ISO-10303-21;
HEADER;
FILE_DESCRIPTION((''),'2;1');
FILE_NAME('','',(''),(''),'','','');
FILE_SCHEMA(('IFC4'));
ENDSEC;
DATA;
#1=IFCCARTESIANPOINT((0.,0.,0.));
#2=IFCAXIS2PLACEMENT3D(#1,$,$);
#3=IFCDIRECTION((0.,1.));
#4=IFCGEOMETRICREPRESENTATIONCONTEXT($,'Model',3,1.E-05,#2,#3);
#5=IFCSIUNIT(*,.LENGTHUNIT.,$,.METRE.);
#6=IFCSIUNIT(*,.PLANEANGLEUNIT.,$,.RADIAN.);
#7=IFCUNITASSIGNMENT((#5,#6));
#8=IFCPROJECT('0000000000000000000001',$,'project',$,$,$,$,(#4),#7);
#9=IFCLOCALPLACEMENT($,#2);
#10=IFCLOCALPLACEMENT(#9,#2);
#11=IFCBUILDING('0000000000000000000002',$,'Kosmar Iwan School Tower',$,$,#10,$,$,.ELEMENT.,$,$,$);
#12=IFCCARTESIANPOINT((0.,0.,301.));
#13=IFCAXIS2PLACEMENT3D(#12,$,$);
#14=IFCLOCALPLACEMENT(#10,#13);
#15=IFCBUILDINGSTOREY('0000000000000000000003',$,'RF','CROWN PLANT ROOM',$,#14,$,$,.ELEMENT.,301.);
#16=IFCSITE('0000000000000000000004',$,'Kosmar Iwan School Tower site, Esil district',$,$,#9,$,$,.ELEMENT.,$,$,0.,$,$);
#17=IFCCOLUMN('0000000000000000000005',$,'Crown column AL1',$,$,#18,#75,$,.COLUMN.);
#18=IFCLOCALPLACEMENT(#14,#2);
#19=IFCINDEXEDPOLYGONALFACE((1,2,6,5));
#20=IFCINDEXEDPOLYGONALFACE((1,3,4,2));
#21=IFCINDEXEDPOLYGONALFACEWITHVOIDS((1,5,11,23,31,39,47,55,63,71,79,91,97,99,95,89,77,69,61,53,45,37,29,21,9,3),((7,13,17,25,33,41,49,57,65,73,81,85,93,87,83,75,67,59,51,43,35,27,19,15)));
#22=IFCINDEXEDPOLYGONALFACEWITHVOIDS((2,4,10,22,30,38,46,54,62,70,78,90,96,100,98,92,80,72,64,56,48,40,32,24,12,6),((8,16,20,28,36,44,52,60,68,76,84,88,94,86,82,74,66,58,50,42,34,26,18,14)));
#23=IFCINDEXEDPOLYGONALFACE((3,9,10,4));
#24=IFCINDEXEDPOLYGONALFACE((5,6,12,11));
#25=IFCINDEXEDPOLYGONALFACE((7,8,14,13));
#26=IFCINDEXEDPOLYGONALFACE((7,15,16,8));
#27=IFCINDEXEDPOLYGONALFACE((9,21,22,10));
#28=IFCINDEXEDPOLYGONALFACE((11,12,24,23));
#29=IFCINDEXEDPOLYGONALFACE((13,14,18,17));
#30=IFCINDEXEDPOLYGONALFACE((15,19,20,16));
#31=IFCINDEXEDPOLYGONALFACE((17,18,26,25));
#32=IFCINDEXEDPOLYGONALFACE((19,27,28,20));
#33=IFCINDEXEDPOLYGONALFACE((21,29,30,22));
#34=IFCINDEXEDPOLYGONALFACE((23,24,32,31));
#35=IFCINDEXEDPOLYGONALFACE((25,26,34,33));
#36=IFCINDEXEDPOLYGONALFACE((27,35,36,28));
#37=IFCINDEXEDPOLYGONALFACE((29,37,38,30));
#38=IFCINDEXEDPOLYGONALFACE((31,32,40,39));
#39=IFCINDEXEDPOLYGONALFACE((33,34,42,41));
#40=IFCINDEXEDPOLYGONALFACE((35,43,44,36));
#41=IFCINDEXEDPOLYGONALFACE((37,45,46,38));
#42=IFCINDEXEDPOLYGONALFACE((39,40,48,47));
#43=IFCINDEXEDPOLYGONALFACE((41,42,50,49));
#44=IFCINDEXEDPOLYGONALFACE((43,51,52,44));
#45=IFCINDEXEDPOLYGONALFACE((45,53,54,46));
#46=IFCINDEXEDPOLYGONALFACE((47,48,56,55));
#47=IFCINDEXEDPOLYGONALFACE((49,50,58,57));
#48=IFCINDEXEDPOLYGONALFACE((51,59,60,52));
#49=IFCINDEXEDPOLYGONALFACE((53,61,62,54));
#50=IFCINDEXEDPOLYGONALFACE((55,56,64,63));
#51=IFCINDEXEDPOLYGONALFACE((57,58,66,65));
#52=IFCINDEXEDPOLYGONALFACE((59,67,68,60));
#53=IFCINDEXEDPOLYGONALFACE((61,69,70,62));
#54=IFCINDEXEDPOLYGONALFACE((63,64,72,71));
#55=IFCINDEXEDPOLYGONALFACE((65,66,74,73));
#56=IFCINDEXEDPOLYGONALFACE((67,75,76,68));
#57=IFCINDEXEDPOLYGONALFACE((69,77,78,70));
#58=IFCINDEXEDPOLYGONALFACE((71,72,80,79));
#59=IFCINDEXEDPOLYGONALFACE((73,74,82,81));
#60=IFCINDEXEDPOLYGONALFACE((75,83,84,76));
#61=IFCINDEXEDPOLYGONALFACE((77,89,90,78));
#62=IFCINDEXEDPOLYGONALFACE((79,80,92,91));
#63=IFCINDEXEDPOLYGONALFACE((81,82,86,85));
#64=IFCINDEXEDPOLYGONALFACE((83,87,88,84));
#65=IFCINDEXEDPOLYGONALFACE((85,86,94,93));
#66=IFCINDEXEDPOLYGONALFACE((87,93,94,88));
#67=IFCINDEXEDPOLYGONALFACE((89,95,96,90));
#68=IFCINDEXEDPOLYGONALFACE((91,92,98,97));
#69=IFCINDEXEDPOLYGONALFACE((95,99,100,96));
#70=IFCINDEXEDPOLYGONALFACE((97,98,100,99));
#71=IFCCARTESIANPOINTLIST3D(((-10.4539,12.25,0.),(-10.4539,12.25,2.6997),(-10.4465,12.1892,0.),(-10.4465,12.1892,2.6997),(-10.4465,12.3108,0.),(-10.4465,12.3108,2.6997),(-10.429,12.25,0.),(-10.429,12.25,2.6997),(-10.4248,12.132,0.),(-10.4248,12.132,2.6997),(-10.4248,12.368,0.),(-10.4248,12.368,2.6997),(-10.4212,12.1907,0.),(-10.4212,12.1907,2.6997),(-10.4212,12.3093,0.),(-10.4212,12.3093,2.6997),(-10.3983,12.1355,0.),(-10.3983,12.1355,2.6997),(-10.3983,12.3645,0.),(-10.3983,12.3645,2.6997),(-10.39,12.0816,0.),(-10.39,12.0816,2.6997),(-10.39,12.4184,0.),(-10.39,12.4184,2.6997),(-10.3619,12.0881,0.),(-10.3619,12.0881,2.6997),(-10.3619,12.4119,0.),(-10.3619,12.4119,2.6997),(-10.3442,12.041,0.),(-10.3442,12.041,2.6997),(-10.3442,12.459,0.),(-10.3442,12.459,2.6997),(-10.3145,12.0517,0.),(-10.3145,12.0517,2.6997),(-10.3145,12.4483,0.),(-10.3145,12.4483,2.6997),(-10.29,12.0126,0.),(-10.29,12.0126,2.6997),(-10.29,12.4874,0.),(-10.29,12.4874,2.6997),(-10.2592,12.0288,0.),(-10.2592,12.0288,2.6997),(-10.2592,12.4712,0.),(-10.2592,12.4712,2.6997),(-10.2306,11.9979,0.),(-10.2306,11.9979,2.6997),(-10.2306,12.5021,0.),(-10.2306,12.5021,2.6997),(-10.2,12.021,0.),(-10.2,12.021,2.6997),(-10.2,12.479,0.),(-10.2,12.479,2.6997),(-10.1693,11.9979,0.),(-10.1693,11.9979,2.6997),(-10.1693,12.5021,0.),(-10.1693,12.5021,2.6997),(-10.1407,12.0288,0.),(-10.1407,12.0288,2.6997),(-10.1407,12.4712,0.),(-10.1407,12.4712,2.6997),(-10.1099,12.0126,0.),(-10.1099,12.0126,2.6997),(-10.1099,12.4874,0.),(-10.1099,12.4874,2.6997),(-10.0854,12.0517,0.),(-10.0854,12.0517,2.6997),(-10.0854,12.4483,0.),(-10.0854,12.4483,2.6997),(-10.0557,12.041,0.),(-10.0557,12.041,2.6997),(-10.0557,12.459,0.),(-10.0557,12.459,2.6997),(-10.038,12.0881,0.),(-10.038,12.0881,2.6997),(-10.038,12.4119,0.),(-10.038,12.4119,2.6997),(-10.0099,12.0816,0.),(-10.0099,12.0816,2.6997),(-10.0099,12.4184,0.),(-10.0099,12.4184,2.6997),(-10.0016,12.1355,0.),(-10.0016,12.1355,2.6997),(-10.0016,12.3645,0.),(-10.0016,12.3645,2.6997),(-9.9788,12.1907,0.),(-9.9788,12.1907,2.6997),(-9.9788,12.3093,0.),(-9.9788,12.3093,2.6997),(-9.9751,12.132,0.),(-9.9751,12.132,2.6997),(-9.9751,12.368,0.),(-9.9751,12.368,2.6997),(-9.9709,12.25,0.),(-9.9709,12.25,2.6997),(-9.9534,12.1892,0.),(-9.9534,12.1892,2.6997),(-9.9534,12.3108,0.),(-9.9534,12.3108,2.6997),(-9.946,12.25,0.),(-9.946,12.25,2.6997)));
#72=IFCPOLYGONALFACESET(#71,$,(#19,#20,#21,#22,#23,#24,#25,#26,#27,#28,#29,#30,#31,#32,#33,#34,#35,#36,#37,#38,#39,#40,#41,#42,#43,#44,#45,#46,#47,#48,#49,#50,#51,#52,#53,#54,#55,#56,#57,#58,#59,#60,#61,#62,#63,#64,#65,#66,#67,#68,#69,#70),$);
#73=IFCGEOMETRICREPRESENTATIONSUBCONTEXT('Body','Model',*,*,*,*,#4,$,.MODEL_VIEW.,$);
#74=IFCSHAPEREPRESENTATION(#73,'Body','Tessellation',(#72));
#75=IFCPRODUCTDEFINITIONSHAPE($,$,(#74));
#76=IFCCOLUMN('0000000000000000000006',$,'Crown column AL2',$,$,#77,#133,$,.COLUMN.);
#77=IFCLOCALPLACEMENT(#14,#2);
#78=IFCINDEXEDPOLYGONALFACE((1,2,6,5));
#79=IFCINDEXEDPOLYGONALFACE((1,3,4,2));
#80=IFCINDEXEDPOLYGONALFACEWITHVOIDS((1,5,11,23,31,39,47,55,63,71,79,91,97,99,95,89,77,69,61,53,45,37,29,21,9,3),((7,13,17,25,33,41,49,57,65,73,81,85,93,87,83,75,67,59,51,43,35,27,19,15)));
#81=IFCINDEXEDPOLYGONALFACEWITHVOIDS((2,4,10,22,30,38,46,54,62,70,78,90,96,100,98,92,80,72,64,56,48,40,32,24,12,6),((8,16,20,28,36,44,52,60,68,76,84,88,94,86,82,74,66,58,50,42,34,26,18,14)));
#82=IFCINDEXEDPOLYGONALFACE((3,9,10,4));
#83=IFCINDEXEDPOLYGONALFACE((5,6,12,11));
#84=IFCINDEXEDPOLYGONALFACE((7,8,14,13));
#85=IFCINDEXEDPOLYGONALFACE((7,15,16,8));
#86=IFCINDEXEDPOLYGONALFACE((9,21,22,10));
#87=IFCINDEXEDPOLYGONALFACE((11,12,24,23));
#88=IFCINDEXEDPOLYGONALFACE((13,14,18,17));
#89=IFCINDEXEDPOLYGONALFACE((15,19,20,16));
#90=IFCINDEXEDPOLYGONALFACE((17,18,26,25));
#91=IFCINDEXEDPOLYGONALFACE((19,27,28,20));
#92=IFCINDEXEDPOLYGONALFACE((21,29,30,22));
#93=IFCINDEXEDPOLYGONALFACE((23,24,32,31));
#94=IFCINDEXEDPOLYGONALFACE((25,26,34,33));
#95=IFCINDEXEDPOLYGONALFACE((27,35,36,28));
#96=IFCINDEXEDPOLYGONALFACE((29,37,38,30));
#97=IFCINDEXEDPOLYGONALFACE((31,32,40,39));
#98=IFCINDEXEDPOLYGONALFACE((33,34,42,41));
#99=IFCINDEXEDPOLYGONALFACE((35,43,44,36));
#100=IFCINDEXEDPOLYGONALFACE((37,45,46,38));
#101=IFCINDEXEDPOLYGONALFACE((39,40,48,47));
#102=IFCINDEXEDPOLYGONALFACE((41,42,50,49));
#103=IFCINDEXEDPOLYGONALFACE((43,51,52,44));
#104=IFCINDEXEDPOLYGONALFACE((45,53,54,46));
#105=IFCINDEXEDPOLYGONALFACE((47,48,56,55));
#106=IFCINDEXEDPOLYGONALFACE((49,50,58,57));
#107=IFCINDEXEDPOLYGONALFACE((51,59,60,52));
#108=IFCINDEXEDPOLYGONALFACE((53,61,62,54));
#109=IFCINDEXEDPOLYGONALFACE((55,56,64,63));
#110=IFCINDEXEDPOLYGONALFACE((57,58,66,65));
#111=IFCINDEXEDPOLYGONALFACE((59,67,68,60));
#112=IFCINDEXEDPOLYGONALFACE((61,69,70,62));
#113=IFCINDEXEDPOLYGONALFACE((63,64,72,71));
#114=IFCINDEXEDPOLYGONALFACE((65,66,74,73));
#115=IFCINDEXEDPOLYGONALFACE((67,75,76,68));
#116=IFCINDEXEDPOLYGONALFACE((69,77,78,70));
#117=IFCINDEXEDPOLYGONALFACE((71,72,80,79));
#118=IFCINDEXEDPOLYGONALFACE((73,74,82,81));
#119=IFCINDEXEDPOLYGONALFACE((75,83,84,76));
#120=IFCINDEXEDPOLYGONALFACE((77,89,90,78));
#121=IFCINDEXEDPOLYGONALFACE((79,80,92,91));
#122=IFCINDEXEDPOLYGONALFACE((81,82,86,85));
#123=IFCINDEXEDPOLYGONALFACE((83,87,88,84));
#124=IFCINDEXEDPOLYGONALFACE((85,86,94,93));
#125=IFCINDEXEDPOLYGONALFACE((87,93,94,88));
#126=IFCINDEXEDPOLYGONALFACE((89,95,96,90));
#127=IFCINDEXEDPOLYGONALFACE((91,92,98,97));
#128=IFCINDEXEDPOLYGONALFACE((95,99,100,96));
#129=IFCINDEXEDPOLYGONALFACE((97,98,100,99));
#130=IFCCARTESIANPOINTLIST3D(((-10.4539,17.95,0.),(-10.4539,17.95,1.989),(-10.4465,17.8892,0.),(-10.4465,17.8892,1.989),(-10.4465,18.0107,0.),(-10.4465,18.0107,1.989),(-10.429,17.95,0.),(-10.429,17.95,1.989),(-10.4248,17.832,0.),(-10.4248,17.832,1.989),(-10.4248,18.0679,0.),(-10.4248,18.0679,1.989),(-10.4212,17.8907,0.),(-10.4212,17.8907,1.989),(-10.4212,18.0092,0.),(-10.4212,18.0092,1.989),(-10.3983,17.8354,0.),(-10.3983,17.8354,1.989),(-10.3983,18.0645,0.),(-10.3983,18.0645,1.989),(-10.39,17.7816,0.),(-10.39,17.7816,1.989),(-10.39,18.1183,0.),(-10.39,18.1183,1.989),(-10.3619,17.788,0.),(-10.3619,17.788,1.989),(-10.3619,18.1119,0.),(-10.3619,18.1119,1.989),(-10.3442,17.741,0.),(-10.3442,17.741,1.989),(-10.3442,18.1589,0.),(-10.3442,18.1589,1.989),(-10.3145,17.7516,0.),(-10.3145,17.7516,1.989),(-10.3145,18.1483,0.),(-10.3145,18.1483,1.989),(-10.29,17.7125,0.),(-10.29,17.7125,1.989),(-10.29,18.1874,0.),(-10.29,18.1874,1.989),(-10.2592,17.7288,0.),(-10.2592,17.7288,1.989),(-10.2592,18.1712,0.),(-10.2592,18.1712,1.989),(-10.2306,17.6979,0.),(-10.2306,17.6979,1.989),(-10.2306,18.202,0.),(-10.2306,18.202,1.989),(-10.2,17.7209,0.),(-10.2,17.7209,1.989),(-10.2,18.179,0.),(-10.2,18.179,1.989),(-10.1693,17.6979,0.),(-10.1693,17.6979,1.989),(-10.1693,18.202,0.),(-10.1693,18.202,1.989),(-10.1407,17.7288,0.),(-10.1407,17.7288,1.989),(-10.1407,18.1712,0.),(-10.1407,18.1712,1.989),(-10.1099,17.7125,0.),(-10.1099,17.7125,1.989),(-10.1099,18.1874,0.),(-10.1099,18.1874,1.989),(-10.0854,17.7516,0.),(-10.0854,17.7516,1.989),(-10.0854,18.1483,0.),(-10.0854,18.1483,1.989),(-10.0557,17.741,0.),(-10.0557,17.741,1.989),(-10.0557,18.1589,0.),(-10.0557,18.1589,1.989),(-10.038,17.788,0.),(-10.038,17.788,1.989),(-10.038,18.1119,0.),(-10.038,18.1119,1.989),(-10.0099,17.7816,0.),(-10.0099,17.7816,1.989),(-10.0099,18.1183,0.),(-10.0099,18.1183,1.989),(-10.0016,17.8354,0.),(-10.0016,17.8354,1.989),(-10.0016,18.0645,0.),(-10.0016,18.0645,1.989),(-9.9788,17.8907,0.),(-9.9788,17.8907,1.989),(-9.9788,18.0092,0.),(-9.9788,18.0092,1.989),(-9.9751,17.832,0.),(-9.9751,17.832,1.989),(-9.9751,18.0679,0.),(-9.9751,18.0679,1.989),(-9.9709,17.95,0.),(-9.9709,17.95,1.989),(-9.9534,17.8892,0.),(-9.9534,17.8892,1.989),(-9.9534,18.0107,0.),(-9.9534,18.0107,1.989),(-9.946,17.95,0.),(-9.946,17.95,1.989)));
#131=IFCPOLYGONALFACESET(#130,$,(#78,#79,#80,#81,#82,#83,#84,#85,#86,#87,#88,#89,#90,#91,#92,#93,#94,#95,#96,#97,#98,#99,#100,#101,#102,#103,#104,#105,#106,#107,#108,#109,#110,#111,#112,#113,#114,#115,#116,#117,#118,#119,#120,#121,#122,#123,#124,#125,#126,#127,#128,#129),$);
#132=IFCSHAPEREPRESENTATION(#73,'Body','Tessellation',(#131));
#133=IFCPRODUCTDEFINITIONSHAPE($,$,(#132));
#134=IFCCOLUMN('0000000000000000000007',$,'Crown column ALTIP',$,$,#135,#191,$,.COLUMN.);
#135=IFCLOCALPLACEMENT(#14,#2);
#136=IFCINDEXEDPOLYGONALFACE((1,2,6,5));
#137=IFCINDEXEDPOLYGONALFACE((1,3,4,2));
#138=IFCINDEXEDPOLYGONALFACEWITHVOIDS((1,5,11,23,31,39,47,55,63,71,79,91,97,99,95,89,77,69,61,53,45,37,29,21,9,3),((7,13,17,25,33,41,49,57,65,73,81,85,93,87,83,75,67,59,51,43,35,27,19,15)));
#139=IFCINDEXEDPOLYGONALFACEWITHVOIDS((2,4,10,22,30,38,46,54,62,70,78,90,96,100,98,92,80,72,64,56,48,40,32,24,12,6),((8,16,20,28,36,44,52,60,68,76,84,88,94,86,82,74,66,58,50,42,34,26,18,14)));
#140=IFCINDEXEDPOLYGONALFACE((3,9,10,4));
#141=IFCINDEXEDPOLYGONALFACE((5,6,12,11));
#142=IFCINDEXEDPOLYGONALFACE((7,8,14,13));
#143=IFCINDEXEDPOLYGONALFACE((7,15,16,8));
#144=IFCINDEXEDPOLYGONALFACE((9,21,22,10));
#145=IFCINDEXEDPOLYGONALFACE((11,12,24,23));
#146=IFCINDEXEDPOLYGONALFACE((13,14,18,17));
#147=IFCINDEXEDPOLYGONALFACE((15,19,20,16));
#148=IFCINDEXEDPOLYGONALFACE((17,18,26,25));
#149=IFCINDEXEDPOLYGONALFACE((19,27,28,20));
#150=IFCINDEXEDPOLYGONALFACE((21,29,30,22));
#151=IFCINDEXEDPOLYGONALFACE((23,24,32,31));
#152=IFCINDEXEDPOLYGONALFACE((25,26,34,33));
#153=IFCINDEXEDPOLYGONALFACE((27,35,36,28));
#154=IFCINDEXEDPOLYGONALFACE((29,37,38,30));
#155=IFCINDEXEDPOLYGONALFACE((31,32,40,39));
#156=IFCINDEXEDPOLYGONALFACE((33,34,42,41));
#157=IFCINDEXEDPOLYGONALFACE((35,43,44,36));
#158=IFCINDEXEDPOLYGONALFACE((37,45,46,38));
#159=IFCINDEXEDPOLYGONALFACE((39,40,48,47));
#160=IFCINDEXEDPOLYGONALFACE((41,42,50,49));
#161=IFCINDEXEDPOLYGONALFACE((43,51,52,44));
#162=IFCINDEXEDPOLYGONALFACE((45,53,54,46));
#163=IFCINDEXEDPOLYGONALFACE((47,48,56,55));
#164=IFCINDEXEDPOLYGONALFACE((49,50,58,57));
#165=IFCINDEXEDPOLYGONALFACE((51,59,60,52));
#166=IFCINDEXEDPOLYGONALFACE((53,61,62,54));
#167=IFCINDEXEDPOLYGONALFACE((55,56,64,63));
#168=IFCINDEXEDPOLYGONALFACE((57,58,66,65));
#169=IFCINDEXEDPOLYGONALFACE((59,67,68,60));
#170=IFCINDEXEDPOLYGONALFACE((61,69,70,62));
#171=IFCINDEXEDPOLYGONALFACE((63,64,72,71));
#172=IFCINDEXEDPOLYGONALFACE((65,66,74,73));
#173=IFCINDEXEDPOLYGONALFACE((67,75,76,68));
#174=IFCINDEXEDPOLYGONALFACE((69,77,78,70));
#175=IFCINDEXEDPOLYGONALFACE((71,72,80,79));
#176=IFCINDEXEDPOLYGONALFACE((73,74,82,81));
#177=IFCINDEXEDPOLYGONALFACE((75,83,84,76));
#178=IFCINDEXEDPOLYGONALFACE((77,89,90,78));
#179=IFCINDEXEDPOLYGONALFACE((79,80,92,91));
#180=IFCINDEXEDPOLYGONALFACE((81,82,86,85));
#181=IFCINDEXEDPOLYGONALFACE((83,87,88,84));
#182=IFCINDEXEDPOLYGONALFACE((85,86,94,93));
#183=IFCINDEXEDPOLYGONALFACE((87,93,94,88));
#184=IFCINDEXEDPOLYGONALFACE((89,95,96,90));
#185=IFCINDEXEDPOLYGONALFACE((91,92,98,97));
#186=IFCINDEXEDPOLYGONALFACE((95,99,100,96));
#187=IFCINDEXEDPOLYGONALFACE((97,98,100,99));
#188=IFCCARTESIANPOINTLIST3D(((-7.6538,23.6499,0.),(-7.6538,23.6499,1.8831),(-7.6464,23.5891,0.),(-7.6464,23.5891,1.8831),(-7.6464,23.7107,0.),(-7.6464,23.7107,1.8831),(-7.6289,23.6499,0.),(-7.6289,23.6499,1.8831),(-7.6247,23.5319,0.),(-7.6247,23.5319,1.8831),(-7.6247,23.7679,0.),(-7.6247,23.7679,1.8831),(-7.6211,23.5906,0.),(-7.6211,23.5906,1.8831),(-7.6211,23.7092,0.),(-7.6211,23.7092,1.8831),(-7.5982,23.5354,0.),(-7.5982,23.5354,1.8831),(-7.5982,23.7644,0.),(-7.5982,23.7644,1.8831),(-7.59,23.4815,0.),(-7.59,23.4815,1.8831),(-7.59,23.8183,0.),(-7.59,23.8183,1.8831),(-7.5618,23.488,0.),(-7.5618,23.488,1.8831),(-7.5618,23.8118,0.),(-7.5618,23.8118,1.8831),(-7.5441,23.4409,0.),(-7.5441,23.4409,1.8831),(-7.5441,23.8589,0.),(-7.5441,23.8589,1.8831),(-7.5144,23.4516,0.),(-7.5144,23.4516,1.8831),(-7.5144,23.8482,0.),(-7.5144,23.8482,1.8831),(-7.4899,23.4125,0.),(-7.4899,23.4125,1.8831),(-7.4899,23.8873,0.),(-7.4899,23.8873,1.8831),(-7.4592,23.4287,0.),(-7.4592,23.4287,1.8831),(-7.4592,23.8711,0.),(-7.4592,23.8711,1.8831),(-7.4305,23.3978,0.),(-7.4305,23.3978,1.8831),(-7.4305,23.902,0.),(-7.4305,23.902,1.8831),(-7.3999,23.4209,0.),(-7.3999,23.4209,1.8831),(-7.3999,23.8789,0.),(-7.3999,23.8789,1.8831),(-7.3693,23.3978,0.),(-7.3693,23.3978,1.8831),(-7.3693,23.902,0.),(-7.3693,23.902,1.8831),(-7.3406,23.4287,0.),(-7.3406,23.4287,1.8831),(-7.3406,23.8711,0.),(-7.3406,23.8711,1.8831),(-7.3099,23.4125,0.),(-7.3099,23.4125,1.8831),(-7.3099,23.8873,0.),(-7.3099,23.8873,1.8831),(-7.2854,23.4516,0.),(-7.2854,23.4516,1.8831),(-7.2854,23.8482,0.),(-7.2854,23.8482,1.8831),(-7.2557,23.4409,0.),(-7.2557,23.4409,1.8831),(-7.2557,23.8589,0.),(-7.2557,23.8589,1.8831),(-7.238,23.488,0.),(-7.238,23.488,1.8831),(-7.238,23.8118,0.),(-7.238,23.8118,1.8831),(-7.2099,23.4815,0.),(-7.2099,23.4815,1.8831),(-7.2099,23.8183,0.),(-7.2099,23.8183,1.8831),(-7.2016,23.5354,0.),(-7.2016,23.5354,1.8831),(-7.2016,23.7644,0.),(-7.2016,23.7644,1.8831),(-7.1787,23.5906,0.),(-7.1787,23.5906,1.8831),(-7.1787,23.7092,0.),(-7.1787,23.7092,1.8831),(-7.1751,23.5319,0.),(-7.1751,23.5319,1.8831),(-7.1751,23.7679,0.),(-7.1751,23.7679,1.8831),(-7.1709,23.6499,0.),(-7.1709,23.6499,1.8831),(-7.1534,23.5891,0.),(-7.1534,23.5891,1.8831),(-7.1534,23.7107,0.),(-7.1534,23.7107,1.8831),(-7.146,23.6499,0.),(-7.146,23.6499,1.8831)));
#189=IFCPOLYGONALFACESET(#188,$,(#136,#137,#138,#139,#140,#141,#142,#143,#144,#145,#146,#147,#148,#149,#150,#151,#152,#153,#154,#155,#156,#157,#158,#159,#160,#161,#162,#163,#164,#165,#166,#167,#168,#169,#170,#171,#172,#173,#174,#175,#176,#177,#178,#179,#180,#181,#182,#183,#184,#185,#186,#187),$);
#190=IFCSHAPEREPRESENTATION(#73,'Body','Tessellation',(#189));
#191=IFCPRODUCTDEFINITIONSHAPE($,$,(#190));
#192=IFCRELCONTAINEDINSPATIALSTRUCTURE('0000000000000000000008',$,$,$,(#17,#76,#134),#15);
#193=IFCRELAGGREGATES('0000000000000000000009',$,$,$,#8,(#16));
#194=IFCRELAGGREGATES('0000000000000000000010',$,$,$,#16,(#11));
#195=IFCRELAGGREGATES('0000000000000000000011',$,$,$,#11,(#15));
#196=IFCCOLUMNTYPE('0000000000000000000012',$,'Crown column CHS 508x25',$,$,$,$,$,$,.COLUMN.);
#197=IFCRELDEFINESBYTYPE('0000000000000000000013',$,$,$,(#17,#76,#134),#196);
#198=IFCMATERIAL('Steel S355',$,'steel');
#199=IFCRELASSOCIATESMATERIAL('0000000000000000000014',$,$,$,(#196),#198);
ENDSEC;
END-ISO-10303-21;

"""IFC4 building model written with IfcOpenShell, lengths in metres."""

from ifc_helpers import new_model, si_unit, direction, frame, origin, origin_2d, place, context, subcontext, project, spatial, hollow_circle, extrude, material, material_profile, profile_set, type_object, element, save


model = new_model("IFC4")

# Units and contexts
model_context = context("Model", 3, precision=1e-05, world=origin(), true_north=direction((0.0, 1.0)))
body_context = subcontext(model_context, "Body", "Model", "MODEL_VIEW")
ifc_project = project(units=[si_unit("LENGTHUNIT", "METRE"), si_unit("PLANEANGLEUNIT", "RADIAN")], contexts=[model_context])

# Site, building, storey
site_placement = place(None, origin())
site = spatial("IfcSite", under=ifc_project, at=site_placement, Name="Kosmar Iwan School Tower site, Esil district", CompositionType="ELEMENT", RefElevation=0.0)
building_placement = place(site_placement, origin())
building = spatial("IfcBuilding", under=site, at=building_placement, Name="Kosmar Iwan School Tower", CompositionType="ELEMENT")
storey_placement = place(building_placement, frame((0.0, 0.0, 301.0)))
storey = spatial("IfcBuildingStorey", under=building, at=storey_placement, Name="RF", Description="CROWN PLANT ROOM", CompositionType="ELEMENT", Elevation=301.0)

# Columns
ifc_material_1 = material(Name="Steel S355", Category="steel")
ifc_material_profile_1 = material_profile(ifc_material_1, hollow_circle(Radius=0.2539, WallThickness=0.0249, at=origin_2d()), Name="CHS 508x25")
ifc_profile_set_1 = profile_set([ifc_material_profile_1], Name="Steel S355")
column_type = type_object("IfcColumnType", Name="Crown column CHS 508x25", PredefinedType="COLUMN", material=ifc_profile_set_1)
column_1_placement = place(storey_placement, frame((-10.2, 12.25, 0.0), z_axis=(0.0, 0.0, 1.0), x_axis=(1.0, 0.0, 0.0)))
element("IfcColumn", 1, at=column_1_placement, inside=storey, type_object=column_type, Name="Crown column AL1", PredefinedType="COLUMN", context=body_context, shape_type="SweptSolid", body=[
    extrude(hollow_circle(Radius=0.2539, WallThickness=0.0249, at=origin_2d()), origin(), (0.0, 0.0, 1.0), 2.6997),
])
column_2_placement = place(storey_placement, frame((-10.2, 17.95, 0.0), z_axis=(0.0, 0.0, 1.0), x_axis=(1.0, 0.0, 0.0)))
element("IfcColumn", 2, at=column_2_placement, inside=storey, type_object=column_type, Name="Crown column AL2", PredefinedType="COLUMN", context=body_context, shape_type="SweptSolid", body=[
    extrude(hollow_circle(Radius=0.2539, WallThickness=0.0249, at=origin_2d()), origin(), (0.0, 0.0, 1.0), 1.989),
])
column_3_placement = place(storey_placement, frame((-7.3999, 23.6499, 0.0), z_axis=(0.0, 0.0, 1.0), x_axis=(1.0, 0.0, 0.0)))
element("IfcColumn", 3, at=column_3_placement, inside=storey, type_object=column_type, Name="Crown column ALTIP", PredefinedType="COLUMN", context=body_context, shape_type="SweptSolid", body=[
    extrude(hollow_circle(Radius=0.2539, WallThickness=0.0249, at=origin_2d()), origin(), (0.0, 0.0, 1.0), 1.8831),
])

save(model, "model.ifc")
